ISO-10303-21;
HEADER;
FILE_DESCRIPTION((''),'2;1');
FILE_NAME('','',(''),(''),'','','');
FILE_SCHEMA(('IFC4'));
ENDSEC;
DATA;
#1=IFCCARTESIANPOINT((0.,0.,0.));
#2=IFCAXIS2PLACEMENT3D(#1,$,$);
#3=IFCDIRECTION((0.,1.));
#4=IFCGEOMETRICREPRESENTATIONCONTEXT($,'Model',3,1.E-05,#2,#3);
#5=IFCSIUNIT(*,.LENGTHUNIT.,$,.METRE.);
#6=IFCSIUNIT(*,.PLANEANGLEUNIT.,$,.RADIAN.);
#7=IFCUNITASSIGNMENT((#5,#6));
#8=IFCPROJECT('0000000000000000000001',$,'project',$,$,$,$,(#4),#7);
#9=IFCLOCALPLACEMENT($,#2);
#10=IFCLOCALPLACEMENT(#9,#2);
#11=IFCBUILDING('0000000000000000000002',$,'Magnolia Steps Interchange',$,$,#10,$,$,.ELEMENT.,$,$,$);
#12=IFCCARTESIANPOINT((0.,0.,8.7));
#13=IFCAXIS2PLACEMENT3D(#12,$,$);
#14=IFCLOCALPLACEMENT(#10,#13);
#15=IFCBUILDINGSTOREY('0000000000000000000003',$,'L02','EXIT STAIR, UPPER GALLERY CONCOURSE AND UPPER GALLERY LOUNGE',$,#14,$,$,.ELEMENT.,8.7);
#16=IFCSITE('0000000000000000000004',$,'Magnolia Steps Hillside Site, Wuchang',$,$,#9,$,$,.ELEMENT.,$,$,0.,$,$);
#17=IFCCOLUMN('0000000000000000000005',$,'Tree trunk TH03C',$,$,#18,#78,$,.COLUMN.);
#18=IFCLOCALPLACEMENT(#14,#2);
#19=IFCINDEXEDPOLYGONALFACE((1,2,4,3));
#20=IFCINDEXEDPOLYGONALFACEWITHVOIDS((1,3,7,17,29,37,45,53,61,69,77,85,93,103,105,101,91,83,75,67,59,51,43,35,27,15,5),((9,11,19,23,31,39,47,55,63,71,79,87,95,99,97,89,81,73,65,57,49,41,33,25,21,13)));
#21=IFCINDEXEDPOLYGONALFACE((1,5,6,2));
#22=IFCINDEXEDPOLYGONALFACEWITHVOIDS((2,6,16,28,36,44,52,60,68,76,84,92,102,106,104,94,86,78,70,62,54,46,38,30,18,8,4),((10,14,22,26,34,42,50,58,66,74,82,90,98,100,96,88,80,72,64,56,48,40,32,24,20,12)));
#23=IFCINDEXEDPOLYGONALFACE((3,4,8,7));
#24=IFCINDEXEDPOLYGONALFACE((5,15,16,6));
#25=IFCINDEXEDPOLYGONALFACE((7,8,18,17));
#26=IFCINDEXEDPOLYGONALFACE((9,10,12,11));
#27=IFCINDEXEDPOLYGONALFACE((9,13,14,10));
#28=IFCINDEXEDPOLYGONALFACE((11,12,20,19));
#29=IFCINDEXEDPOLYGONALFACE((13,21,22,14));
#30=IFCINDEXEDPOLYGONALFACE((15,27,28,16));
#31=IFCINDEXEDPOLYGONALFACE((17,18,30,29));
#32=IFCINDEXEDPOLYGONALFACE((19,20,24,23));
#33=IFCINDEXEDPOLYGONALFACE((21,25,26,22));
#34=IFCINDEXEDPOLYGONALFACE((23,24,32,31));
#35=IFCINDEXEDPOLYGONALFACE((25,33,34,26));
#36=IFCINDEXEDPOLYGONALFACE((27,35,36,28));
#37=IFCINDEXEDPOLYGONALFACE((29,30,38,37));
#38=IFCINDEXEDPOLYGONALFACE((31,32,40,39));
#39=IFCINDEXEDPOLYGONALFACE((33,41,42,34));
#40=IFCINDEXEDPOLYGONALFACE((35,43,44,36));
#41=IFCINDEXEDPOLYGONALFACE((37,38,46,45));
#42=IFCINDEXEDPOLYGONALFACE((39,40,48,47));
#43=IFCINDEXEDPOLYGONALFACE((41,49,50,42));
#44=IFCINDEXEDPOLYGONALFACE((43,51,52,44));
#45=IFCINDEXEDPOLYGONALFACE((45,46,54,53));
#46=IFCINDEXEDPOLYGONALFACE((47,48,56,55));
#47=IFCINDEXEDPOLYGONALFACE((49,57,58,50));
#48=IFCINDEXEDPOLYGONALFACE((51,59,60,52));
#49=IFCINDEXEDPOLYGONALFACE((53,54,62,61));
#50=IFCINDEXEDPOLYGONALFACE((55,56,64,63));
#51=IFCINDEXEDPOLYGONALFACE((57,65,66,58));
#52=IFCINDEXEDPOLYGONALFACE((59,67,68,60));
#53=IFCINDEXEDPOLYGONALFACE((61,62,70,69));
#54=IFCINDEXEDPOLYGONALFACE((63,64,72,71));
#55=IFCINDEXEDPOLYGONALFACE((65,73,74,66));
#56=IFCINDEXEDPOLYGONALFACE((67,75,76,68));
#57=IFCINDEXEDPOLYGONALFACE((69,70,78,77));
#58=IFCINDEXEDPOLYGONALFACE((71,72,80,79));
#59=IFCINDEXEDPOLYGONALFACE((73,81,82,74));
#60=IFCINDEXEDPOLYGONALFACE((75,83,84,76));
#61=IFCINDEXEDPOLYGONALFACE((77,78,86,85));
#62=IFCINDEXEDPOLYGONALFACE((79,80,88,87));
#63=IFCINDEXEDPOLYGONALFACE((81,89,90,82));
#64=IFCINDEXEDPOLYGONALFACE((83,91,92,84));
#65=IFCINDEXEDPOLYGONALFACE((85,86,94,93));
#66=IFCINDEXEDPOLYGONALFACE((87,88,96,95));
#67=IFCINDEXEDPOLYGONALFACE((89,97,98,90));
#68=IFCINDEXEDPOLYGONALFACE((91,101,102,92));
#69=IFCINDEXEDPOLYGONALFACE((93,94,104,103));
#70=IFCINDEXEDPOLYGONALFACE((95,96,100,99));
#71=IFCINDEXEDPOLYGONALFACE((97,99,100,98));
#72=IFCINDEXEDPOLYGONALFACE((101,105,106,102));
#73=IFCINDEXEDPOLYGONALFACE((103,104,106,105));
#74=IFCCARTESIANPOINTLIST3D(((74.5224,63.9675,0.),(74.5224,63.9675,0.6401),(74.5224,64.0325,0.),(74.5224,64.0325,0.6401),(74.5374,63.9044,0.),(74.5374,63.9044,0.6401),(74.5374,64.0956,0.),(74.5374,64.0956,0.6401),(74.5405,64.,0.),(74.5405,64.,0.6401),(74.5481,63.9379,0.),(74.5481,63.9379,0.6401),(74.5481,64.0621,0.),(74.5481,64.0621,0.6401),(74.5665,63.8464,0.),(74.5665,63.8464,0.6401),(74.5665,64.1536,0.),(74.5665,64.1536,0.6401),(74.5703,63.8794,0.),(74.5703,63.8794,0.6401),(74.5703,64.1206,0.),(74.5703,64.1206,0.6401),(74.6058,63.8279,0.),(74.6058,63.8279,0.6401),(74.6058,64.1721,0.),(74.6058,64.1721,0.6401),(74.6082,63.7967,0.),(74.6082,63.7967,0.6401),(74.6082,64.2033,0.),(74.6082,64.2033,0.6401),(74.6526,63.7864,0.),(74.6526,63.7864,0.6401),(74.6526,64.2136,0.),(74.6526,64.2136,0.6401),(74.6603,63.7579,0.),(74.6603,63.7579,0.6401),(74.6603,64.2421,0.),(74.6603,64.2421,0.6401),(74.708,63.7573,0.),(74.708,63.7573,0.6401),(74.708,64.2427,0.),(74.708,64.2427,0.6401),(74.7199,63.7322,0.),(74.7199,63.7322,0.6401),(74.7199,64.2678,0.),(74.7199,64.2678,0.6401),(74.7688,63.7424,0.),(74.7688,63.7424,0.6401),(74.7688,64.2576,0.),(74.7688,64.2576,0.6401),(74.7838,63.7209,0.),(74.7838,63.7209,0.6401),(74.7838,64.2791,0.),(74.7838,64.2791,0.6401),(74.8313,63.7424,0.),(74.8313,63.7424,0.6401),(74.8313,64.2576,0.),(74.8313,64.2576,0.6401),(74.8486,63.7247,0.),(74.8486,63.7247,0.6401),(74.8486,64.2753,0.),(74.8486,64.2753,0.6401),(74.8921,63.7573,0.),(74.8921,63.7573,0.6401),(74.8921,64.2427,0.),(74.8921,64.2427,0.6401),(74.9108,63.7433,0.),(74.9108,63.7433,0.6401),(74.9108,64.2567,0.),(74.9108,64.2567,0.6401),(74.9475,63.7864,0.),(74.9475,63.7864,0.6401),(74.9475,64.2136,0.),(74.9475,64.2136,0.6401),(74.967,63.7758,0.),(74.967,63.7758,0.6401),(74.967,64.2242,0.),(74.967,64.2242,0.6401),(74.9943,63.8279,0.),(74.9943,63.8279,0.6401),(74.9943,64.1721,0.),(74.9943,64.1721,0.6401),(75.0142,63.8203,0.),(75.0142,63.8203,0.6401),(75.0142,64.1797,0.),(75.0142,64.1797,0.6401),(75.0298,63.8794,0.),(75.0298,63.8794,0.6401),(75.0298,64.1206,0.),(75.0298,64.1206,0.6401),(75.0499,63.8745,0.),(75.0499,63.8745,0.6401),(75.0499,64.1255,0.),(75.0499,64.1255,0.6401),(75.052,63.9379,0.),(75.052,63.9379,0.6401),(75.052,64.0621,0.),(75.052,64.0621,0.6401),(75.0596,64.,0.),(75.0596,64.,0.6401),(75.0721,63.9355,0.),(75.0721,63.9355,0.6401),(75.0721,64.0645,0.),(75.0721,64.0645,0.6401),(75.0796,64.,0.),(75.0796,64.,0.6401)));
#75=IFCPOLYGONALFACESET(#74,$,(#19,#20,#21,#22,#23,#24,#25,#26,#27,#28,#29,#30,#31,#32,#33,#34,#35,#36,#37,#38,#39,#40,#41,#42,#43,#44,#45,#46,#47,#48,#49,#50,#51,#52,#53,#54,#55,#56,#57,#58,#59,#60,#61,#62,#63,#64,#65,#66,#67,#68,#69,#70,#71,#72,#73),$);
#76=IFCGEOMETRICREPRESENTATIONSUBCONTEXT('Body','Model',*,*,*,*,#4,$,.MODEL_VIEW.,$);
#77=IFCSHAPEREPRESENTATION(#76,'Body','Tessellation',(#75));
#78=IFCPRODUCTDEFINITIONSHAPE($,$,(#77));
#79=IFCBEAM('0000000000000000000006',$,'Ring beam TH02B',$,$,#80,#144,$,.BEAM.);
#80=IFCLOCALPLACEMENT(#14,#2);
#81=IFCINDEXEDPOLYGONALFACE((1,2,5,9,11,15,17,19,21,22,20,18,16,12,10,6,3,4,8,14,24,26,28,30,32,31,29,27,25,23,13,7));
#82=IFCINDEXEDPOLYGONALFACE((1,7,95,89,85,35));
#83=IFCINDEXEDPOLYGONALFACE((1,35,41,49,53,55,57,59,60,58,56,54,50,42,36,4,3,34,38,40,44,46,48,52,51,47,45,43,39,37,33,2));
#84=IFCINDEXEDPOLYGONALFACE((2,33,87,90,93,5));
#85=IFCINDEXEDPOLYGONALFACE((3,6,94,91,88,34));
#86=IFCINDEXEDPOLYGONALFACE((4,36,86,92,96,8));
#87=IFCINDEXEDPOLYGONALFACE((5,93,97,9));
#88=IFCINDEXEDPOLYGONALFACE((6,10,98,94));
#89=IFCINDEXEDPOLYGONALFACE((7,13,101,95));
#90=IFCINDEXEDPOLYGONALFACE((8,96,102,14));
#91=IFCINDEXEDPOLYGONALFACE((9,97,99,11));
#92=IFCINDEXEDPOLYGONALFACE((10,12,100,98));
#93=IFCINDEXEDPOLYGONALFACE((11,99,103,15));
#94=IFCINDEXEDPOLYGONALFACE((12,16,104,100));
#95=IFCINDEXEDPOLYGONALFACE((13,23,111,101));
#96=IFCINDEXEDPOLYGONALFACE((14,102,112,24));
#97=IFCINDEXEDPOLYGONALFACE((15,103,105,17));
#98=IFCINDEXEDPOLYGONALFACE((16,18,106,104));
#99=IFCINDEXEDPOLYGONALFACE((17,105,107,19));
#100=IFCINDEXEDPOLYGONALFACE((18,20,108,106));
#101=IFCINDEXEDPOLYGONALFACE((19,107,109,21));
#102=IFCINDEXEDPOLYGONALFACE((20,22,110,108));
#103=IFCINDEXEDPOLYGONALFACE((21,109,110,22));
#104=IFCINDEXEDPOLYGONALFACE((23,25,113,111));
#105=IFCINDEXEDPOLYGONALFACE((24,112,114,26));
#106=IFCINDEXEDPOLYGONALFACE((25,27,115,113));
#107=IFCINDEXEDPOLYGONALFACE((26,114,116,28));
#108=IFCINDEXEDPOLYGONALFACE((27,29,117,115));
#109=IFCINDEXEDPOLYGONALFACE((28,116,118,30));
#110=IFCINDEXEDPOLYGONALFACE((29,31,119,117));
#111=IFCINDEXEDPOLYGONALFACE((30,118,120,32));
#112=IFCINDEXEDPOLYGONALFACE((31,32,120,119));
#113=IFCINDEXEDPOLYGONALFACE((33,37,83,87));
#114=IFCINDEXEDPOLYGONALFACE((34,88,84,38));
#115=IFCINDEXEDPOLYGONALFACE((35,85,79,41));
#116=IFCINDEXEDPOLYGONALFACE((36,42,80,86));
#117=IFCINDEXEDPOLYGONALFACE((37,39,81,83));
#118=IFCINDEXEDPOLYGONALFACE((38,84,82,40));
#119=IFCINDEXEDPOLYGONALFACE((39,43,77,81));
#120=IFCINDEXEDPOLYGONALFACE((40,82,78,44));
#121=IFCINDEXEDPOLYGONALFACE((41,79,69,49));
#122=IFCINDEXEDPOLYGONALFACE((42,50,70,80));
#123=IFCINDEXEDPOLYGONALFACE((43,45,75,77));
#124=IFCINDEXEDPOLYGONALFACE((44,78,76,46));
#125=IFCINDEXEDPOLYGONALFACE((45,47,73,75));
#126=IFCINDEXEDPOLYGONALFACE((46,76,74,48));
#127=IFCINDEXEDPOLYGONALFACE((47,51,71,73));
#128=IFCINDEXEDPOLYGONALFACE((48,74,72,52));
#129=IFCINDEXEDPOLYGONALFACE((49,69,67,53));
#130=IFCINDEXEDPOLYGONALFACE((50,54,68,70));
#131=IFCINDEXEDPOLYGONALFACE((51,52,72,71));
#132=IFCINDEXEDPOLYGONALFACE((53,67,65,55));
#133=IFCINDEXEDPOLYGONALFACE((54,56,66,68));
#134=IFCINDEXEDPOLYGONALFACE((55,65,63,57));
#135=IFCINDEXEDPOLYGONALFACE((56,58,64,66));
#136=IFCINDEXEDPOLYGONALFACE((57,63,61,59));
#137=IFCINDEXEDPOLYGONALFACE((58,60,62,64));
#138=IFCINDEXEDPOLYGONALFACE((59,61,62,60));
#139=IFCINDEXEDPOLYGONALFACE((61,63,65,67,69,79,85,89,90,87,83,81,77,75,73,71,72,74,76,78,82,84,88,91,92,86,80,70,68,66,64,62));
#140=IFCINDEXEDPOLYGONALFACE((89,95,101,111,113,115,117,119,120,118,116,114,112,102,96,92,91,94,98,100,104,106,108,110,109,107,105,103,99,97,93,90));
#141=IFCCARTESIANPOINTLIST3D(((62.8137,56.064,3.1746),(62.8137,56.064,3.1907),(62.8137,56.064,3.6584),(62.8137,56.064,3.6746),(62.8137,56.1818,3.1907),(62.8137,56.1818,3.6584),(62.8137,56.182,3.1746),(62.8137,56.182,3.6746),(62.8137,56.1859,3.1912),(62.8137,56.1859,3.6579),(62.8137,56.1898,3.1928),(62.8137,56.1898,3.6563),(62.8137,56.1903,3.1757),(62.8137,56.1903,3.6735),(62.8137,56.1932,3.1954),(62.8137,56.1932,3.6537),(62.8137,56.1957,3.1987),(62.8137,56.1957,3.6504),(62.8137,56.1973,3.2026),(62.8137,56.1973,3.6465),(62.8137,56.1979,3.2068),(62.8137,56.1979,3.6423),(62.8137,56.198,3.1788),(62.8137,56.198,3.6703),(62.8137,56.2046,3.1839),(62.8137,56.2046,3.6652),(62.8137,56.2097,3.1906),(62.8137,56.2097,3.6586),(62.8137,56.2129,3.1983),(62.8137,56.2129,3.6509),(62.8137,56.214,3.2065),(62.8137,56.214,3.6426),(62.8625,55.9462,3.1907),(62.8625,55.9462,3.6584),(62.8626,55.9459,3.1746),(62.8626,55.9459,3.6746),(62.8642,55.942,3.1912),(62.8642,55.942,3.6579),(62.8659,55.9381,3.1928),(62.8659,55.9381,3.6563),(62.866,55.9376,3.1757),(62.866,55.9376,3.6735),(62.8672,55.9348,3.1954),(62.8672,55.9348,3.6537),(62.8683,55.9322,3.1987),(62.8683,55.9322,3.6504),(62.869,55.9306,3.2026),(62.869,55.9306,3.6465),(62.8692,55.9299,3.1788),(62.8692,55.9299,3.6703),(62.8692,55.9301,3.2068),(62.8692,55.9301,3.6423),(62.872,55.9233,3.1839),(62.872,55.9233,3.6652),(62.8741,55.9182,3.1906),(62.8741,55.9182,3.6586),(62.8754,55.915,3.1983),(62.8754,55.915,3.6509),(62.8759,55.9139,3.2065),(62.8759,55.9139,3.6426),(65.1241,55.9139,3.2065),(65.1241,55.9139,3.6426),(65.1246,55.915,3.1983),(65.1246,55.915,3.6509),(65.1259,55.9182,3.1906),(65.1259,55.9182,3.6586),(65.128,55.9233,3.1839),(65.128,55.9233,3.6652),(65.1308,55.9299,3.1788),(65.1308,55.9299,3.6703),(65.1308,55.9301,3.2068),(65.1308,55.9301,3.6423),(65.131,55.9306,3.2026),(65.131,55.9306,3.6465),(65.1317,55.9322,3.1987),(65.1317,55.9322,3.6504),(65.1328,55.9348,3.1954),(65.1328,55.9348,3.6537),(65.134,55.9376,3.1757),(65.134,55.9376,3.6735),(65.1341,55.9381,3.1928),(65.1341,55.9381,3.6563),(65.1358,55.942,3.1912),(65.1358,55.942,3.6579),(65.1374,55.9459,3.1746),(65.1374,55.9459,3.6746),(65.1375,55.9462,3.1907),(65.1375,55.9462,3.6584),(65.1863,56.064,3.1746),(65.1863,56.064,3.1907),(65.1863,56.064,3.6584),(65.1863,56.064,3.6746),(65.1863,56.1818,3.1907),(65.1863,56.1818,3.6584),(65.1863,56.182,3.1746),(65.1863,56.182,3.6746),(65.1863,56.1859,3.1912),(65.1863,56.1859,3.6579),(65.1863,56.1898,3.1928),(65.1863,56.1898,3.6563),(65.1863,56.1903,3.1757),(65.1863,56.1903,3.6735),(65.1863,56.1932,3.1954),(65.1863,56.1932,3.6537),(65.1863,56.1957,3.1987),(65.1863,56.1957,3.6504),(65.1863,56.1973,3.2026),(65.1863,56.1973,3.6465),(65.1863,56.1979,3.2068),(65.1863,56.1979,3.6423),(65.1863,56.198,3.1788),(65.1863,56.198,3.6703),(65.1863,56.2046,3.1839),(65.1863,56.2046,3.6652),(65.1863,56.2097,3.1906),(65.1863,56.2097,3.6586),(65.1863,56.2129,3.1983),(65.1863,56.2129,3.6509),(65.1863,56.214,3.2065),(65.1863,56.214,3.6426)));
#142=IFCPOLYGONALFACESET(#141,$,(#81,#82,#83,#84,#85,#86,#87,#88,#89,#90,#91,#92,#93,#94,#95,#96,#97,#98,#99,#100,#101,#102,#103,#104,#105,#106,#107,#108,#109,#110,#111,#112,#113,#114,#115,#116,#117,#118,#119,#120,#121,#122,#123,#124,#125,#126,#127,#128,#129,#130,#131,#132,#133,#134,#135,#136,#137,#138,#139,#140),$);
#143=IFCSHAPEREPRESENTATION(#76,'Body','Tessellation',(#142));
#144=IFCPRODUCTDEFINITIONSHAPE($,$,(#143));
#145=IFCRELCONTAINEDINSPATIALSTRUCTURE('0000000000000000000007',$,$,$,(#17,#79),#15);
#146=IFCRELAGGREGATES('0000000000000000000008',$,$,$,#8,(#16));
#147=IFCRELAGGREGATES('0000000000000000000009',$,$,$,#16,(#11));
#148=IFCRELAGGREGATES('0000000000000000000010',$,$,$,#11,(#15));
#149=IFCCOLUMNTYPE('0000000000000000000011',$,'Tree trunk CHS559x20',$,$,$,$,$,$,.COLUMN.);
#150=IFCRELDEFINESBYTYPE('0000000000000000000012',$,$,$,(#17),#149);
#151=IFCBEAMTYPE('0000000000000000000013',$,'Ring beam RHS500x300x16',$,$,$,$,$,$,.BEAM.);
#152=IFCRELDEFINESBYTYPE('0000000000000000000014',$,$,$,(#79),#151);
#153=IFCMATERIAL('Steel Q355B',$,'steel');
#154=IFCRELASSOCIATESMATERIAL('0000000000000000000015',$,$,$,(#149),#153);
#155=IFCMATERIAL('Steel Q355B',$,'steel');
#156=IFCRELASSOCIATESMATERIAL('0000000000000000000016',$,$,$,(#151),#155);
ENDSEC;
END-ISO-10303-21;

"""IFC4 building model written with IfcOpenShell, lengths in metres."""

from ifc_helpers import new_model, si_unit, direction, frame, origin, origin_2d, place, context, subcontext, project, spatial, hollow_rectangle, hollow_circle, extrude, clip, halfspace, material, material_profile, profile_set, type_object, element, save


model = new_model("IFC4")

# Units and contexts
model_context = context("Model", 3, precision=1e-05, world=origin(), true_north=direction((0.0, 1.0)))
body_context = subcontext(model_context, "Body", "Model", "MODEL_VIEW")
ifc_project = project(units=[si_unit("LENGTHUNIT", "METRE"), si_unit("PLANEANGLEUNIT", "RADIAN")], contexts=[model_context])

# Site, building, storey
site_placement = place(None, origin())
site = spatial("IfcSite", under=ifc_project, at=site_placement, Name="Magnolia Steps Hillside Site, Wuchang", CompositionType="ELEMENT", RefElevation=0.0)
building_placement = place(site_placement, origin())
building = spatial("IfcBuilding", under=site, at=building_placement, Name="Magnolia Steps Interchange", CompositionType="ELEMENT")
storey_placement = place(building_placement, frame((0.0, 0.0, 8.7)))
storey = spatial("IfcBuildingStorey", under=building, at=storey_placement, Name="L02", Description="EXIT STAIR, UPPER GALLERY CONCOURSE AND UPPER GALLERY LOUNGE", CompositionType="ELEMENT", Elevation=8.7)

# Column
ifc_material_1 = material(Name="Steel Q355B", Category="steel")
ifc_material_profile_1 = material_profile(ifc_material_1, hollow_circle(Radius=0.2795, WallThickness=0.02, at=origin_2d()), Name="CHS559x20")
ifc_profile_set_1 = profile_set([ifc_material_profile_1], Name="Steel Q355B")
column_type = type_object("IfcColumnType", Name="Tree trunk CHS559x20", PredefinedType="COLUMN", material=ifc_profile_set_1)
column_placement = place(storey_placement, frame((74.8, 64.0, 0.0), z_axis=(0.0, 0.0, 1.0), x_axis=(1.0, 0.0, 0.0)))
element("IfcColumn", 1, at=column_placement, inside=storey, type_object=column_type, Name="Tree trunk TH03C", PredefinedType="COLUMN", context=body_context, shape_type="SweptSolid", body=[
    extrude(hollow_circle(Radius=0.2795, WallThickness=0.02, at=origin_2d()), origin(), (0.0, 0.0, 1.0), 0.6401),
])

# Beam
ifc_material_2 = material(Name="Steel Q355B", Category="steel")
ifc_material_profile_2 = material_profile(ifc_material_2, hollow_rectangle(XDim=0.3, YDim=0.5, WallThickness=0.0161, InnerFilletRadius=0.0161, OuterFilletRadius=0.032, at=origin_2d()), Name="RHS500x300x16")
ifc_profile_set_2 = profile_set([ifc_material_profile_2], Name="Steel Q355B")
beam_type = type_object("IfcBeamType", Name="Ring beam RHS500x300x16", PredefinedType="BEAM", material=ifc_profile_set_2)
beam_1_placement = place(storey_placement, frame((65.1863, 56.064, 3.4246), z_axis=(-1.0, 0.0, 0.0), x_axis=(0.0, -1.0, 0.0)))
element("IfcBeam", 2, at=beam_1_placement, inside=storey, type_object=beam_type, Name="Ring beam TH02B", PredefinedType="BEAM", context=body_context, shape_type="Clipping", body=[
    clip(clip(extrude(hollow_rectangle(XDim=0.3, YDim=0.5, WallThickness=0.0161, InnerFilletRadius=0.0161, OuterFilletRadius=0.032, at=origin_2d()), origin(), (0.0, 0.0, 1.0), 2.3726), halfspace(frame((0.0, 0.0, 0.0), z_axis=(0.382683, 0.0, -0.92388), x_axis=(0.92388, 0.0, 0.382683)), False)), halfspace(frame((0.0, 0.0, 2.3726), z_axis=(0.382683, 0.0, 0.92388), x_axis=(0.92388, 0.0, -0.382683)), False)),
])

save(model, "model.ifc")
